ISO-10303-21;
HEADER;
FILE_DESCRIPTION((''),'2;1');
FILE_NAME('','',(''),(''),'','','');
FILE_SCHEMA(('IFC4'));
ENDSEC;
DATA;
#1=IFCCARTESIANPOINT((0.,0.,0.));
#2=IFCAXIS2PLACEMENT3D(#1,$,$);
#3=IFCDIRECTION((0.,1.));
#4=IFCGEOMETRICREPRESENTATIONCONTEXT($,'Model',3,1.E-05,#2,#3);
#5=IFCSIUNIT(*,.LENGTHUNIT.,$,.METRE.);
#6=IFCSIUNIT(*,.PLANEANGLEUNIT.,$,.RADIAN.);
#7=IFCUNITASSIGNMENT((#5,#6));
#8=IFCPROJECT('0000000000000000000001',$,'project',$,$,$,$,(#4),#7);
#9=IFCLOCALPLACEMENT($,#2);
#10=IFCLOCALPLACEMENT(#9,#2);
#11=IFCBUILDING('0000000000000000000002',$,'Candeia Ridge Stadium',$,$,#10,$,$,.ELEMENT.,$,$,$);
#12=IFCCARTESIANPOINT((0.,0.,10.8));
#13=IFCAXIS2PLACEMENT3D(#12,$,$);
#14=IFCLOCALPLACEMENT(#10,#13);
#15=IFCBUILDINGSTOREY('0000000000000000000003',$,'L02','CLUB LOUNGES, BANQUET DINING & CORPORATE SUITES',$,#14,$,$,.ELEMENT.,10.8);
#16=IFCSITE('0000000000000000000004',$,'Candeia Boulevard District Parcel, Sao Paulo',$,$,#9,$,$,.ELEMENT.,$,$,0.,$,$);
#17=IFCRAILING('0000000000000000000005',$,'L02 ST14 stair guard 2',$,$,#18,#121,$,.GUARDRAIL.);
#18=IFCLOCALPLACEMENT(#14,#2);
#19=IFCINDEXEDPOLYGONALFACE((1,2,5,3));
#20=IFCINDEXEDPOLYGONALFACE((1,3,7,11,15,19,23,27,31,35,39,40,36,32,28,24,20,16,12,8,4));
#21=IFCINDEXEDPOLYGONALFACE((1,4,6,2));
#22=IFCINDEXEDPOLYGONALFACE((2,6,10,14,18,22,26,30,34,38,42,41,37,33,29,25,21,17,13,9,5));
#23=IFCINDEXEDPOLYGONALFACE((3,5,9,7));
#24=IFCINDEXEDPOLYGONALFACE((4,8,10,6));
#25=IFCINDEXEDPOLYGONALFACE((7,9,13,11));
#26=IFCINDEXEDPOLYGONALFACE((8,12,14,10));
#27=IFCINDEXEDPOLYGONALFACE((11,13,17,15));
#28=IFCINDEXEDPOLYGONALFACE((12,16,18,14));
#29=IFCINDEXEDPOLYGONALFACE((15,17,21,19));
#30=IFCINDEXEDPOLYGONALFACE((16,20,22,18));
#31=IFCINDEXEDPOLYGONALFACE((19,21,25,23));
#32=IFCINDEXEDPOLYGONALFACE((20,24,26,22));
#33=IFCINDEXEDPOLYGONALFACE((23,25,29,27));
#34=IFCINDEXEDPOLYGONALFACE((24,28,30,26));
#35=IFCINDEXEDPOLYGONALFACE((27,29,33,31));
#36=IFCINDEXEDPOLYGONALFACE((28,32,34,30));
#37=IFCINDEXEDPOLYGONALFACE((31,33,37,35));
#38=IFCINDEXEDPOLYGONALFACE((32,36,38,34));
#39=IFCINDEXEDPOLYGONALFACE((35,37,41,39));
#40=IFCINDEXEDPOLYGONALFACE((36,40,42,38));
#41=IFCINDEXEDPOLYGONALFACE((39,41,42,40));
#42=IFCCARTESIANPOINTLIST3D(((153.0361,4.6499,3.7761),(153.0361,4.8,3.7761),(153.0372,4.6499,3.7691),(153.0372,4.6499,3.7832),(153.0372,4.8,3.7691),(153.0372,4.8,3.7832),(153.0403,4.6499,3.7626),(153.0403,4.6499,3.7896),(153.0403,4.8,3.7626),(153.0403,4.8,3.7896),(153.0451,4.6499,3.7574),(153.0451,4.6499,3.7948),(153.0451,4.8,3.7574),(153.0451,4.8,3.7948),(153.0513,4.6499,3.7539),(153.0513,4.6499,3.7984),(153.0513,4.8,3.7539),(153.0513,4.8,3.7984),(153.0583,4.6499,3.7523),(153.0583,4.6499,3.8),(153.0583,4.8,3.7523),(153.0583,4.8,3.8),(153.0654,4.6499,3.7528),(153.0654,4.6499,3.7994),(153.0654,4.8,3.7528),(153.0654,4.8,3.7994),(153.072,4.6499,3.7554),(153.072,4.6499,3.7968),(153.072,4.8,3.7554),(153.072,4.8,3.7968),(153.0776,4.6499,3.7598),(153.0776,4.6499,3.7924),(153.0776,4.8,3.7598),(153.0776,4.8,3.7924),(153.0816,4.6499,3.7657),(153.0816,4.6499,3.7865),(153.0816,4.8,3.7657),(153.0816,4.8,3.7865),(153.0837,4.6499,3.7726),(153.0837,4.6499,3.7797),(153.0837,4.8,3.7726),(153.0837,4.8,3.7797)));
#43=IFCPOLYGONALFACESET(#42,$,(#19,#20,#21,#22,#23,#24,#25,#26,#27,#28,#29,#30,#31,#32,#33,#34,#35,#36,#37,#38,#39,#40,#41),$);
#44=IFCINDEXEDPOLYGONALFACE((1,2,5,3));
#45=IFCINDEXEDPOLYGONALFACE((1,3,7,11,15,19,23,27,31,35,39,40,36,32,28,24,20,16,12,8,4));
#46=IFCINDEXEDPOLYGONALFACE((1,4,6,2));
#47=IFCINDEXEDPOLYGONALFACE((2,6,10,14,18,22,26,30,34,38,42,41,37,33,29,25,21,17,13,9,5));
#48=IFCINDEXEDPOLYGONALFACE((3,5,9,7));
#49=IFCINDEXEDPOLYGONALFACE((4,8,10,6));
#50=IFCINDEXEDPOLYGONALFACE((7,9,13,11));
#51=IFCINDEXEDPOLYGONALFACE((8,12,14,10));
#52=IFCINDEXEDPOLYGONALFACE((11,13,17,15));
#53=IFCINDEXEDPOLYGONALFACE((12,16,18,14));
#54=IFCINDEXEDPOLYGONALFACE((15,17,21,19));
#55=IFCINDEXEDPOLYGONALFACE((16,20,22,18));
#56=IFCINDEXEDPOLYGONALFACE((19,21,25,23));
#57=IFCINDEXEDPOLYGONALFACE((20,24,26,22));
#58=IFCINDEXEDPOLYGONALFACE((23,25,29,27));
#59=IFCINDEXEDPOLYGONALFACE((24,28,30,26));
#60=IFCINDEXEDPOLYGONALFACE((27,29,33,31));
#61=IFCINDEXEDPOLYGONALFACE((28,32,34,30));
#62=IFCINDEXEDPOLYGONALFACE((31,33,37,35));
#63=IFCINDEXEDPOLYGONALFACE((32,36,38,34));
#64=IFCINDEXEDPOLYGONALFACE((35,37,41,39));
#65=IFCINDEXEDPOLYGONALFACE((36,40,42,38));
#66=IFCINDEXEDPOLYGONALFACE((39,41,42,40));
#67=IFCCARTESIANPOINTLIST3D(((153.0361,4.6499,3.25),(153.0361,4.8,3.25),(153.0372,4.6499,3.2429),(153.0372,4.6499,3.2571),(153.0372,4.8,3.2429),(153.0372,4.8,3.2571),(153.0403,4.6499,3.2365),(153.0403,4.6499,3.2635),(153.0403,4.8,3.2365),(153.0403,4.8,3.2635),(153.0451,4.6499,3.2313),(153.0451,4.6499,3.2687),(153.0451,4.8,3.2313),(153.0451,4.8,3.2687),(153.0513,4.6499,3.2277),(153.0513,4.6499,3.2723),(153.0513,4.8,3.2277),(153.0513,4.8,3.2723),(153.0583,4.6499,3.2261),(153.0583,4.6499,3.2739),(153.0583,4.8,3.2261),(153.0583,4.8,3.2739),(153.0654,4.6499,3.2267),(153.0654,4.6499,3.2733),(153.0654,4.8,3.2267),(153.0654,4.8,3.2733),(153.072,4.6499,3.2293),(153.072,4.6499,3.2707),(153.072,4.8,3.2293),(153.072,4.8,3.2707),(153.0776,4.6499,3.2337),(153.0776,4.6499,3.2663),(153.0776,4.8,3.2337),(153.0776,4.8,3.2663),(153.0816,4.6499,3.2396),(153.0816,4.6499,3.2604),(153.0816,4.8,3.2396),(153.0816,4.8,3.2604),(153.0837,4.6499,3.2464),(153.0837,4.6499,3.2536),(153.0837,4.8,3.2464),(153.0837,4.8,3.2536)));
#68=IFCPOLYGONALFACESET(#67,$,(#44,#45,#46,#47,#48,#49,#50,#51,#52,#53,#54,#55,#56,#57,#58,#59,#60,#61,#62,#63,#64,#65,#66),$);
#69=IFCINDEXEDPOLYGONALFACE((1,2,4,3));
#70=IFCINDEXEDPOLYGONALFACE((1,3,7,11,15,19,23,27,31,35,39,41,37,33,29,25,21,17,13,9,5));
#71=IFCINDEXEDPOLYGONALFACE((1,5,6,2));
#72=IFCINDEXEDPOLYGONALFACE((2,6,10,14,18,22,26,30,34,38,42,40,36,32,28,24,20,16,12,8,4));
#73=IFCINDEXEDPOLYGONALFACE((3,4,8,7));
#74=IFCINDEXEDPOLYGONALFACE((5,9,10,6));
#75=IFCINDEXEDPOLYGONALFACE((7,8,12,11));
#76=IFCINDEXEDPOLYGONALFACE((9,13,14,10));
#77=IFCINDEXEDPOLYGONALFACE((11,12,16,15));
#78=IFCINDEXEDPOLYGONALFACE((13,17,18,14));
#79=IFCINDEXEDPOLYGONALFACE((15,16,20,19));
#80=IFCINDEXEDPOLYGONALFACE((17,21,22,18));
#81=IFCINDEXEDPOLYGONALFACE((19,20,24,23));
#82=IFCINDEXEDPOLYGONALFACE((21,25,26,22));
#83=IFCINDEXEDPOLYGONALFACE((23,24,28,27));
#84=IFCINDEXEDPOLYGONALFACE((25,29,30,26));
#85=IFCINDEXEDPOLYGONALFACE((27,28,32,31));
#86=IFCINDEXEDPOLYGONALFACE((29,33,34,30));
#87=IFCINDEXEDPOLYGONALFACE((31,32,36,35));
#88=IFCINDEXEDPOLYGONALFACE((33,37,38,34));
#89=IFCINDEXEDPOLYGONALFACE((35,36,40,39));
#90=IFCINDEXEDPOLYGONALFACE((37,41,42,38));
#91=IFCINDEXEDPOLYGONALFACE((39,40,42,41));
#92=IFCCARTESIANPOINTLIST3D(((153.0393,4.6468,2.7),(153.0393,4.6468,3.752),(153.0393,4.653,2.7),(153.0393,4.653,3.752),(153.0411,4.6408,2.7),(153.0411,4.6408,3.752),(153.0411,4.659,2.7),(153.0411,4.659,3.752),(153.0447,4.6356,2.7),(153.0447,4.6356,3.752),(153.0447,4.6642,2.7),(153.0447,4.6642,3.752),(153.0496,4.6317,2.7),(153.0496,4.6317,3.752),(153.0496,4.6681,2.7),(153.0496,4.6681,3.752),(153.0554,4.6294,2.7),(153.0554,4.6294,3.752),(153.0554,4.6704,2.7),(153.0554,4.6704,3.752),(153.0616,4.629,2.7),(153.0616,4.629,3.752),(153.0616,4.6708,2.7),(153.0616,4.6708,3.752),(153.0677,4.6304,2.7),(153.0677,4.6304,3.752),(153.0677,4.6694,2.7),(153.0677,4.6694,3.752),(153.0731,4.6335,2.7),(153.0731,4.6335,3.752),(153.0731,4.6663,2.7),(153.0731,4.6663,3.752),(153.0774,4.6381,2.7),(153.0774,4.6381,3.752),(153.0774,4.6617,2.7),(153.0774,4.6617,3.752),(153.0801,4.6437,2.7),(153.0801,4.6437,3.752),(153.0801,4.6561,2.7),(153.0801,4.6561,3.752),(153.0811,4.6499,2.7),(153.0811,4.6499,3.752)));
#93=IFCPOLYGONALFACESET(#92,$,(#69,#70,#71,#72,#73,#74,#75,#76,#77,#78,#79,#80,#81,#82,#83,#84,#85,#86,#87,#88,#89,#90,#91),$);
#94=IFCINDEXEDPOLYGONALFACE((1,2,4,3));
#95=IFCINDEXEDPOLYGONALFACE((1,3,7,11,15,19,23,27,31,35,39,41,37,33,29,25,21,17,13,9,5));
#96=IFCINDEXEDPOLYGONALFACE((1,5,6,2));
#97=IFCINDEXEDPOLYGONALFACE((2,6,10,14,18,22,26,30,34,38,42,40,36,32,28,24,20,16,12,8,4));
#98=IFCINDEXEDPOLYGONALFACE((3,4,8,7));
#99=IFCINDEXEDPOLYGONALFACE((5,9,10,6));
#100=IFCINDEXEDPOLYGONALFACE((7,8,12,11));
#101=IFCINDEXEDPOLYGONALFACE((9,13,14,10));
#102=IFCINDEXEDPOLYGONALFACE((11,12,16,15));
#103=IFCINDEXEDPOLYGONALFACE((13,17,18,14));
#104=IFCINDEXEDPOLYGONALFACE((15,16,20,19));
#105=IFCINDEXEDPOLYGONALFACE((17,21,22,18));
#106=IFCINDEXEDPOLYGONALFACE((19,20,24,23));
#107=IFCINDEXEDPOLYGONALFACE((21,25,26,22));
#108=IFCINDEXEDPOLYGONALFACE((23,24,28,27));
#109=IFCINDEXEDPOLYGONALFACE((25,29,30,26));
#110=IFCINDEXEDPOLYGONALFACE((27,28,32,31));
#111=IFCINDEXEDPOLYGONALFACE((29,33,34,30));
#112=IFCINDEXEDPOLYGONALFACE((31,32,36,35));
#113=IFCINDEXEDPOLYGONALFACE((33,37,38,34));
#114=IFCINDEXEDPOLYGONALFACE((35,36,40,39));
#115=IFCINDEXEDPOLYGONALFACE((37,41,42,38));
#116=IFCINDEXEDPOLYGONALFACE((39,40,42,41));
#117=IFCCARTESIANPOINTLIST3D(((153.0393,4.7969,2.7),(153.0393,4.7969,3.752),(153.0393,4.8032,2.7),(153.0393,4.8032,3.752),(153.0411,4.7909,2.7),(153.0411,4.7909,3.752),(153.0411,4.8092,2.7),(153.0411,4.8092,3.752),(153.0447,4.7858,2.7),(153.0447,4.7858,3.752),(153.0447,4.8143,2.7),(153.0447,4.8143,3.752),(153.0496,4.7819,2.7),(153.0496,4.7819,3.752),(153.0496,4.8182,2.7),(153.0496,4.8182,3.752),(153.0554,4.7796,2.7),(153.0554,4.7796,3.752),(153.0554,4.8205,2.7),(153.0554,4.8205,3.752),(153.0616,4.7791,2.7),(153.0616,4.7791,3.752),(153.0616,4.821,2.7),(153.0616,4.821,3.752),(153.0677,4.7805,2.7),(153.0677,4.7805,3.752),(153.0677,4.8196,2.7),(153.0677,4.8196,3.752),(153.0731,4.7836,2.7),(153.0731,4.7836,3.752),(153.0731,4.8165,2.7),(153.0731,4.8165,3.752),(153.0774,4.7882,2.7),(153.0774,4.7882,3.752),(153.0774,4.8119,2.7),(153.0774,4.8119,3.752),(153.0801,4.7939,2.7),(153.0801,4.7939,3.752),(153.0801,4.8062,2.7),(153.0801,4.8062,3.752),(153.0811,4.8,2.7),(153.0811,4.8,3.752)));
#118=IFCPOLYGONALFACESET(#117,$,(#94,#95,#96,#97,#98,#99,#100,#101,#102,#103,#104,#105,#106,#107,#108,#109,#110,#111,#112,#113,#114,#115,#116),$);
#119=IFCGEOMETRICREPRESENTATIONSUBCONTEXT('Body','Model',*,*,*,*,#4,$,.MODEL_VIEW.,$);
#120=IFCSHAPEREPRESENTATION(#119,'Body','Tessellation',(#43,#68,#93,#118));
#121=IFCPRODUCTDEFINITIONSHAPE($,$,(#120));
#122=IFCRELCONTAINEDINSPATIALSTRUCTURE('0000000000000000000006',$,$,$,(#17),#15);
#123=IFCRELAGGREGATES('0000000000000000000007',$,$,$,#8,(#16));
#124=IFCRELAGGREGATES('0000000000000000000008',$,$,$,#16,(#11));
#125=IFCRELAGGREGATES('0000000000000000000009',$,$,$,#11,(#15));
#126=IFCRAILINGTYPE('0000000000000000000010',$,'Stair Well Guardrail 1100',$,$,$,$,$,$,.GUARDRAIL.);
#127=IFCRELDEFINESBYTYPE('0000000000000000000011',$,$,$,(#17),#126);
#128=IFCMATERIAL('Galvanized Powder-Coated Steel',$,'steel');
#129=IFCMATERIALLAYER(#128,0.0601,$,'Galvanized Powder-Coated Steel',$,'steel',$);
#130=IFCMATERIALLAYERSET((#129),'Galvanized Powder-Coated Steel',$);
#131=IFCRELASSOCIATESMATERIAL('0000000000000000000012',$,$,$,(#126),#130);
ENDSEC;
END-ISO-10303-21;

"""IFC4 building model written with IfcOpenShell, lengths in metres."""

from ifc_helpers import new_model, si_unit, direction, frame, origin, origin_2d, place, context, subcontext, project, spatial, circle, extrude, material, layer, layer_set, type_object, element, save


model = new_model("IFC4")

# Units and contexts
model_context = context("Model", 3, precision=1e-05, world=origin(), true_north=direction((0.0, 1.0)))
body_context = subcontext(model_context, "Body", "Model", "MODEL_VIEW")
ifc_project = project(units=[si_unit("LENGTHUNIT", "METRE"), si_unit("PLANEANGLEUNIT", "RADIAN")], contexts=[model_context])

# Site, building, storey
site_placement = place(None, origin())
site = spatial("IfcSite", under=ifc_project, at=site_placement, Name="Candeia Boulevard District Parcel, Sao Paulo", CompositionType="ELEMENT", RefElevation=0.0)
building_placement = place(site_placement, origin())
building = spatial("IfcBuilding", under=site, at=building_placement, Name="Candeia Ridge Stadium", CompositionType="ELEMENT")
storey_placement = place(building_placement, frame((0.0, 0.0, 10.8)))
storey = spatial("IfcBuildingStorey", under=building, at=storey_placement, Name="L02", Description="CLUB LOUNGES, BANQUET DINING & CORPORATE SUITES", CompositionType="ELEMENT", Elevation=10.8)

# Railing
ifc_material_1 = material(Name="Galvanized Powder-Coated Steel", Category="steel")
ifc_layer_1 = layer(ifc_material_1, 0.0601, Name="Galvanized Powder-Coated Steel", Category="steel")
ifc_layer_set_1 = layer_set([ifc_layer_1], Name="Galvanized Powder-Coated Steel")
railing_type_1 = type_object("IfcRailingType", Name="Stair Well Guardrail 1100", PredefinedType="GUARDRAIL", material=ifc_layer_set_1)
railing_1_placement = place(storey_placement, frame((153.0601, 4.6499, 2.7)))
element("IfcRailing", 1, at=railing_1_placement, inside=storey, type_object=railing_type_1, Name="L02 ST14 stair guard 2", PredefinedType="GUARDRAIL", context=body_context, shape_type="SweptSolid", body=[
    extrude(circle(Radius=0.0239, at=origin_2d()), frame((0.0, 0.0, 1.0762), z_axis=(0.0, 1.0, 0.0), x_axis=(-1.0, 0.0, 0.0)), (0.0, 0.0, 1.0), 0.1501),
    extrude(circle(Radius=0.0239, at=origin_2d()), frame((0.0, 0.0, 0.55), z_axis=(0.0, 1.0, 0.0), x_axis=(-1.0, 0.0, 0.0)), (0.0, 0.0, 1.0), 0.1501),
    extrude(circle(Radius=0.021, at=origin_2d()), origin(), (0.0, 0.0, 1.0), 1.052),
    extrude(circle(Radius=0.021, at=origin_2d()), frame((0.0, 0.1501, 0.0)), (0.0, 0.0, 1.0), 1.052),
])

save(model, "model.ifc")
